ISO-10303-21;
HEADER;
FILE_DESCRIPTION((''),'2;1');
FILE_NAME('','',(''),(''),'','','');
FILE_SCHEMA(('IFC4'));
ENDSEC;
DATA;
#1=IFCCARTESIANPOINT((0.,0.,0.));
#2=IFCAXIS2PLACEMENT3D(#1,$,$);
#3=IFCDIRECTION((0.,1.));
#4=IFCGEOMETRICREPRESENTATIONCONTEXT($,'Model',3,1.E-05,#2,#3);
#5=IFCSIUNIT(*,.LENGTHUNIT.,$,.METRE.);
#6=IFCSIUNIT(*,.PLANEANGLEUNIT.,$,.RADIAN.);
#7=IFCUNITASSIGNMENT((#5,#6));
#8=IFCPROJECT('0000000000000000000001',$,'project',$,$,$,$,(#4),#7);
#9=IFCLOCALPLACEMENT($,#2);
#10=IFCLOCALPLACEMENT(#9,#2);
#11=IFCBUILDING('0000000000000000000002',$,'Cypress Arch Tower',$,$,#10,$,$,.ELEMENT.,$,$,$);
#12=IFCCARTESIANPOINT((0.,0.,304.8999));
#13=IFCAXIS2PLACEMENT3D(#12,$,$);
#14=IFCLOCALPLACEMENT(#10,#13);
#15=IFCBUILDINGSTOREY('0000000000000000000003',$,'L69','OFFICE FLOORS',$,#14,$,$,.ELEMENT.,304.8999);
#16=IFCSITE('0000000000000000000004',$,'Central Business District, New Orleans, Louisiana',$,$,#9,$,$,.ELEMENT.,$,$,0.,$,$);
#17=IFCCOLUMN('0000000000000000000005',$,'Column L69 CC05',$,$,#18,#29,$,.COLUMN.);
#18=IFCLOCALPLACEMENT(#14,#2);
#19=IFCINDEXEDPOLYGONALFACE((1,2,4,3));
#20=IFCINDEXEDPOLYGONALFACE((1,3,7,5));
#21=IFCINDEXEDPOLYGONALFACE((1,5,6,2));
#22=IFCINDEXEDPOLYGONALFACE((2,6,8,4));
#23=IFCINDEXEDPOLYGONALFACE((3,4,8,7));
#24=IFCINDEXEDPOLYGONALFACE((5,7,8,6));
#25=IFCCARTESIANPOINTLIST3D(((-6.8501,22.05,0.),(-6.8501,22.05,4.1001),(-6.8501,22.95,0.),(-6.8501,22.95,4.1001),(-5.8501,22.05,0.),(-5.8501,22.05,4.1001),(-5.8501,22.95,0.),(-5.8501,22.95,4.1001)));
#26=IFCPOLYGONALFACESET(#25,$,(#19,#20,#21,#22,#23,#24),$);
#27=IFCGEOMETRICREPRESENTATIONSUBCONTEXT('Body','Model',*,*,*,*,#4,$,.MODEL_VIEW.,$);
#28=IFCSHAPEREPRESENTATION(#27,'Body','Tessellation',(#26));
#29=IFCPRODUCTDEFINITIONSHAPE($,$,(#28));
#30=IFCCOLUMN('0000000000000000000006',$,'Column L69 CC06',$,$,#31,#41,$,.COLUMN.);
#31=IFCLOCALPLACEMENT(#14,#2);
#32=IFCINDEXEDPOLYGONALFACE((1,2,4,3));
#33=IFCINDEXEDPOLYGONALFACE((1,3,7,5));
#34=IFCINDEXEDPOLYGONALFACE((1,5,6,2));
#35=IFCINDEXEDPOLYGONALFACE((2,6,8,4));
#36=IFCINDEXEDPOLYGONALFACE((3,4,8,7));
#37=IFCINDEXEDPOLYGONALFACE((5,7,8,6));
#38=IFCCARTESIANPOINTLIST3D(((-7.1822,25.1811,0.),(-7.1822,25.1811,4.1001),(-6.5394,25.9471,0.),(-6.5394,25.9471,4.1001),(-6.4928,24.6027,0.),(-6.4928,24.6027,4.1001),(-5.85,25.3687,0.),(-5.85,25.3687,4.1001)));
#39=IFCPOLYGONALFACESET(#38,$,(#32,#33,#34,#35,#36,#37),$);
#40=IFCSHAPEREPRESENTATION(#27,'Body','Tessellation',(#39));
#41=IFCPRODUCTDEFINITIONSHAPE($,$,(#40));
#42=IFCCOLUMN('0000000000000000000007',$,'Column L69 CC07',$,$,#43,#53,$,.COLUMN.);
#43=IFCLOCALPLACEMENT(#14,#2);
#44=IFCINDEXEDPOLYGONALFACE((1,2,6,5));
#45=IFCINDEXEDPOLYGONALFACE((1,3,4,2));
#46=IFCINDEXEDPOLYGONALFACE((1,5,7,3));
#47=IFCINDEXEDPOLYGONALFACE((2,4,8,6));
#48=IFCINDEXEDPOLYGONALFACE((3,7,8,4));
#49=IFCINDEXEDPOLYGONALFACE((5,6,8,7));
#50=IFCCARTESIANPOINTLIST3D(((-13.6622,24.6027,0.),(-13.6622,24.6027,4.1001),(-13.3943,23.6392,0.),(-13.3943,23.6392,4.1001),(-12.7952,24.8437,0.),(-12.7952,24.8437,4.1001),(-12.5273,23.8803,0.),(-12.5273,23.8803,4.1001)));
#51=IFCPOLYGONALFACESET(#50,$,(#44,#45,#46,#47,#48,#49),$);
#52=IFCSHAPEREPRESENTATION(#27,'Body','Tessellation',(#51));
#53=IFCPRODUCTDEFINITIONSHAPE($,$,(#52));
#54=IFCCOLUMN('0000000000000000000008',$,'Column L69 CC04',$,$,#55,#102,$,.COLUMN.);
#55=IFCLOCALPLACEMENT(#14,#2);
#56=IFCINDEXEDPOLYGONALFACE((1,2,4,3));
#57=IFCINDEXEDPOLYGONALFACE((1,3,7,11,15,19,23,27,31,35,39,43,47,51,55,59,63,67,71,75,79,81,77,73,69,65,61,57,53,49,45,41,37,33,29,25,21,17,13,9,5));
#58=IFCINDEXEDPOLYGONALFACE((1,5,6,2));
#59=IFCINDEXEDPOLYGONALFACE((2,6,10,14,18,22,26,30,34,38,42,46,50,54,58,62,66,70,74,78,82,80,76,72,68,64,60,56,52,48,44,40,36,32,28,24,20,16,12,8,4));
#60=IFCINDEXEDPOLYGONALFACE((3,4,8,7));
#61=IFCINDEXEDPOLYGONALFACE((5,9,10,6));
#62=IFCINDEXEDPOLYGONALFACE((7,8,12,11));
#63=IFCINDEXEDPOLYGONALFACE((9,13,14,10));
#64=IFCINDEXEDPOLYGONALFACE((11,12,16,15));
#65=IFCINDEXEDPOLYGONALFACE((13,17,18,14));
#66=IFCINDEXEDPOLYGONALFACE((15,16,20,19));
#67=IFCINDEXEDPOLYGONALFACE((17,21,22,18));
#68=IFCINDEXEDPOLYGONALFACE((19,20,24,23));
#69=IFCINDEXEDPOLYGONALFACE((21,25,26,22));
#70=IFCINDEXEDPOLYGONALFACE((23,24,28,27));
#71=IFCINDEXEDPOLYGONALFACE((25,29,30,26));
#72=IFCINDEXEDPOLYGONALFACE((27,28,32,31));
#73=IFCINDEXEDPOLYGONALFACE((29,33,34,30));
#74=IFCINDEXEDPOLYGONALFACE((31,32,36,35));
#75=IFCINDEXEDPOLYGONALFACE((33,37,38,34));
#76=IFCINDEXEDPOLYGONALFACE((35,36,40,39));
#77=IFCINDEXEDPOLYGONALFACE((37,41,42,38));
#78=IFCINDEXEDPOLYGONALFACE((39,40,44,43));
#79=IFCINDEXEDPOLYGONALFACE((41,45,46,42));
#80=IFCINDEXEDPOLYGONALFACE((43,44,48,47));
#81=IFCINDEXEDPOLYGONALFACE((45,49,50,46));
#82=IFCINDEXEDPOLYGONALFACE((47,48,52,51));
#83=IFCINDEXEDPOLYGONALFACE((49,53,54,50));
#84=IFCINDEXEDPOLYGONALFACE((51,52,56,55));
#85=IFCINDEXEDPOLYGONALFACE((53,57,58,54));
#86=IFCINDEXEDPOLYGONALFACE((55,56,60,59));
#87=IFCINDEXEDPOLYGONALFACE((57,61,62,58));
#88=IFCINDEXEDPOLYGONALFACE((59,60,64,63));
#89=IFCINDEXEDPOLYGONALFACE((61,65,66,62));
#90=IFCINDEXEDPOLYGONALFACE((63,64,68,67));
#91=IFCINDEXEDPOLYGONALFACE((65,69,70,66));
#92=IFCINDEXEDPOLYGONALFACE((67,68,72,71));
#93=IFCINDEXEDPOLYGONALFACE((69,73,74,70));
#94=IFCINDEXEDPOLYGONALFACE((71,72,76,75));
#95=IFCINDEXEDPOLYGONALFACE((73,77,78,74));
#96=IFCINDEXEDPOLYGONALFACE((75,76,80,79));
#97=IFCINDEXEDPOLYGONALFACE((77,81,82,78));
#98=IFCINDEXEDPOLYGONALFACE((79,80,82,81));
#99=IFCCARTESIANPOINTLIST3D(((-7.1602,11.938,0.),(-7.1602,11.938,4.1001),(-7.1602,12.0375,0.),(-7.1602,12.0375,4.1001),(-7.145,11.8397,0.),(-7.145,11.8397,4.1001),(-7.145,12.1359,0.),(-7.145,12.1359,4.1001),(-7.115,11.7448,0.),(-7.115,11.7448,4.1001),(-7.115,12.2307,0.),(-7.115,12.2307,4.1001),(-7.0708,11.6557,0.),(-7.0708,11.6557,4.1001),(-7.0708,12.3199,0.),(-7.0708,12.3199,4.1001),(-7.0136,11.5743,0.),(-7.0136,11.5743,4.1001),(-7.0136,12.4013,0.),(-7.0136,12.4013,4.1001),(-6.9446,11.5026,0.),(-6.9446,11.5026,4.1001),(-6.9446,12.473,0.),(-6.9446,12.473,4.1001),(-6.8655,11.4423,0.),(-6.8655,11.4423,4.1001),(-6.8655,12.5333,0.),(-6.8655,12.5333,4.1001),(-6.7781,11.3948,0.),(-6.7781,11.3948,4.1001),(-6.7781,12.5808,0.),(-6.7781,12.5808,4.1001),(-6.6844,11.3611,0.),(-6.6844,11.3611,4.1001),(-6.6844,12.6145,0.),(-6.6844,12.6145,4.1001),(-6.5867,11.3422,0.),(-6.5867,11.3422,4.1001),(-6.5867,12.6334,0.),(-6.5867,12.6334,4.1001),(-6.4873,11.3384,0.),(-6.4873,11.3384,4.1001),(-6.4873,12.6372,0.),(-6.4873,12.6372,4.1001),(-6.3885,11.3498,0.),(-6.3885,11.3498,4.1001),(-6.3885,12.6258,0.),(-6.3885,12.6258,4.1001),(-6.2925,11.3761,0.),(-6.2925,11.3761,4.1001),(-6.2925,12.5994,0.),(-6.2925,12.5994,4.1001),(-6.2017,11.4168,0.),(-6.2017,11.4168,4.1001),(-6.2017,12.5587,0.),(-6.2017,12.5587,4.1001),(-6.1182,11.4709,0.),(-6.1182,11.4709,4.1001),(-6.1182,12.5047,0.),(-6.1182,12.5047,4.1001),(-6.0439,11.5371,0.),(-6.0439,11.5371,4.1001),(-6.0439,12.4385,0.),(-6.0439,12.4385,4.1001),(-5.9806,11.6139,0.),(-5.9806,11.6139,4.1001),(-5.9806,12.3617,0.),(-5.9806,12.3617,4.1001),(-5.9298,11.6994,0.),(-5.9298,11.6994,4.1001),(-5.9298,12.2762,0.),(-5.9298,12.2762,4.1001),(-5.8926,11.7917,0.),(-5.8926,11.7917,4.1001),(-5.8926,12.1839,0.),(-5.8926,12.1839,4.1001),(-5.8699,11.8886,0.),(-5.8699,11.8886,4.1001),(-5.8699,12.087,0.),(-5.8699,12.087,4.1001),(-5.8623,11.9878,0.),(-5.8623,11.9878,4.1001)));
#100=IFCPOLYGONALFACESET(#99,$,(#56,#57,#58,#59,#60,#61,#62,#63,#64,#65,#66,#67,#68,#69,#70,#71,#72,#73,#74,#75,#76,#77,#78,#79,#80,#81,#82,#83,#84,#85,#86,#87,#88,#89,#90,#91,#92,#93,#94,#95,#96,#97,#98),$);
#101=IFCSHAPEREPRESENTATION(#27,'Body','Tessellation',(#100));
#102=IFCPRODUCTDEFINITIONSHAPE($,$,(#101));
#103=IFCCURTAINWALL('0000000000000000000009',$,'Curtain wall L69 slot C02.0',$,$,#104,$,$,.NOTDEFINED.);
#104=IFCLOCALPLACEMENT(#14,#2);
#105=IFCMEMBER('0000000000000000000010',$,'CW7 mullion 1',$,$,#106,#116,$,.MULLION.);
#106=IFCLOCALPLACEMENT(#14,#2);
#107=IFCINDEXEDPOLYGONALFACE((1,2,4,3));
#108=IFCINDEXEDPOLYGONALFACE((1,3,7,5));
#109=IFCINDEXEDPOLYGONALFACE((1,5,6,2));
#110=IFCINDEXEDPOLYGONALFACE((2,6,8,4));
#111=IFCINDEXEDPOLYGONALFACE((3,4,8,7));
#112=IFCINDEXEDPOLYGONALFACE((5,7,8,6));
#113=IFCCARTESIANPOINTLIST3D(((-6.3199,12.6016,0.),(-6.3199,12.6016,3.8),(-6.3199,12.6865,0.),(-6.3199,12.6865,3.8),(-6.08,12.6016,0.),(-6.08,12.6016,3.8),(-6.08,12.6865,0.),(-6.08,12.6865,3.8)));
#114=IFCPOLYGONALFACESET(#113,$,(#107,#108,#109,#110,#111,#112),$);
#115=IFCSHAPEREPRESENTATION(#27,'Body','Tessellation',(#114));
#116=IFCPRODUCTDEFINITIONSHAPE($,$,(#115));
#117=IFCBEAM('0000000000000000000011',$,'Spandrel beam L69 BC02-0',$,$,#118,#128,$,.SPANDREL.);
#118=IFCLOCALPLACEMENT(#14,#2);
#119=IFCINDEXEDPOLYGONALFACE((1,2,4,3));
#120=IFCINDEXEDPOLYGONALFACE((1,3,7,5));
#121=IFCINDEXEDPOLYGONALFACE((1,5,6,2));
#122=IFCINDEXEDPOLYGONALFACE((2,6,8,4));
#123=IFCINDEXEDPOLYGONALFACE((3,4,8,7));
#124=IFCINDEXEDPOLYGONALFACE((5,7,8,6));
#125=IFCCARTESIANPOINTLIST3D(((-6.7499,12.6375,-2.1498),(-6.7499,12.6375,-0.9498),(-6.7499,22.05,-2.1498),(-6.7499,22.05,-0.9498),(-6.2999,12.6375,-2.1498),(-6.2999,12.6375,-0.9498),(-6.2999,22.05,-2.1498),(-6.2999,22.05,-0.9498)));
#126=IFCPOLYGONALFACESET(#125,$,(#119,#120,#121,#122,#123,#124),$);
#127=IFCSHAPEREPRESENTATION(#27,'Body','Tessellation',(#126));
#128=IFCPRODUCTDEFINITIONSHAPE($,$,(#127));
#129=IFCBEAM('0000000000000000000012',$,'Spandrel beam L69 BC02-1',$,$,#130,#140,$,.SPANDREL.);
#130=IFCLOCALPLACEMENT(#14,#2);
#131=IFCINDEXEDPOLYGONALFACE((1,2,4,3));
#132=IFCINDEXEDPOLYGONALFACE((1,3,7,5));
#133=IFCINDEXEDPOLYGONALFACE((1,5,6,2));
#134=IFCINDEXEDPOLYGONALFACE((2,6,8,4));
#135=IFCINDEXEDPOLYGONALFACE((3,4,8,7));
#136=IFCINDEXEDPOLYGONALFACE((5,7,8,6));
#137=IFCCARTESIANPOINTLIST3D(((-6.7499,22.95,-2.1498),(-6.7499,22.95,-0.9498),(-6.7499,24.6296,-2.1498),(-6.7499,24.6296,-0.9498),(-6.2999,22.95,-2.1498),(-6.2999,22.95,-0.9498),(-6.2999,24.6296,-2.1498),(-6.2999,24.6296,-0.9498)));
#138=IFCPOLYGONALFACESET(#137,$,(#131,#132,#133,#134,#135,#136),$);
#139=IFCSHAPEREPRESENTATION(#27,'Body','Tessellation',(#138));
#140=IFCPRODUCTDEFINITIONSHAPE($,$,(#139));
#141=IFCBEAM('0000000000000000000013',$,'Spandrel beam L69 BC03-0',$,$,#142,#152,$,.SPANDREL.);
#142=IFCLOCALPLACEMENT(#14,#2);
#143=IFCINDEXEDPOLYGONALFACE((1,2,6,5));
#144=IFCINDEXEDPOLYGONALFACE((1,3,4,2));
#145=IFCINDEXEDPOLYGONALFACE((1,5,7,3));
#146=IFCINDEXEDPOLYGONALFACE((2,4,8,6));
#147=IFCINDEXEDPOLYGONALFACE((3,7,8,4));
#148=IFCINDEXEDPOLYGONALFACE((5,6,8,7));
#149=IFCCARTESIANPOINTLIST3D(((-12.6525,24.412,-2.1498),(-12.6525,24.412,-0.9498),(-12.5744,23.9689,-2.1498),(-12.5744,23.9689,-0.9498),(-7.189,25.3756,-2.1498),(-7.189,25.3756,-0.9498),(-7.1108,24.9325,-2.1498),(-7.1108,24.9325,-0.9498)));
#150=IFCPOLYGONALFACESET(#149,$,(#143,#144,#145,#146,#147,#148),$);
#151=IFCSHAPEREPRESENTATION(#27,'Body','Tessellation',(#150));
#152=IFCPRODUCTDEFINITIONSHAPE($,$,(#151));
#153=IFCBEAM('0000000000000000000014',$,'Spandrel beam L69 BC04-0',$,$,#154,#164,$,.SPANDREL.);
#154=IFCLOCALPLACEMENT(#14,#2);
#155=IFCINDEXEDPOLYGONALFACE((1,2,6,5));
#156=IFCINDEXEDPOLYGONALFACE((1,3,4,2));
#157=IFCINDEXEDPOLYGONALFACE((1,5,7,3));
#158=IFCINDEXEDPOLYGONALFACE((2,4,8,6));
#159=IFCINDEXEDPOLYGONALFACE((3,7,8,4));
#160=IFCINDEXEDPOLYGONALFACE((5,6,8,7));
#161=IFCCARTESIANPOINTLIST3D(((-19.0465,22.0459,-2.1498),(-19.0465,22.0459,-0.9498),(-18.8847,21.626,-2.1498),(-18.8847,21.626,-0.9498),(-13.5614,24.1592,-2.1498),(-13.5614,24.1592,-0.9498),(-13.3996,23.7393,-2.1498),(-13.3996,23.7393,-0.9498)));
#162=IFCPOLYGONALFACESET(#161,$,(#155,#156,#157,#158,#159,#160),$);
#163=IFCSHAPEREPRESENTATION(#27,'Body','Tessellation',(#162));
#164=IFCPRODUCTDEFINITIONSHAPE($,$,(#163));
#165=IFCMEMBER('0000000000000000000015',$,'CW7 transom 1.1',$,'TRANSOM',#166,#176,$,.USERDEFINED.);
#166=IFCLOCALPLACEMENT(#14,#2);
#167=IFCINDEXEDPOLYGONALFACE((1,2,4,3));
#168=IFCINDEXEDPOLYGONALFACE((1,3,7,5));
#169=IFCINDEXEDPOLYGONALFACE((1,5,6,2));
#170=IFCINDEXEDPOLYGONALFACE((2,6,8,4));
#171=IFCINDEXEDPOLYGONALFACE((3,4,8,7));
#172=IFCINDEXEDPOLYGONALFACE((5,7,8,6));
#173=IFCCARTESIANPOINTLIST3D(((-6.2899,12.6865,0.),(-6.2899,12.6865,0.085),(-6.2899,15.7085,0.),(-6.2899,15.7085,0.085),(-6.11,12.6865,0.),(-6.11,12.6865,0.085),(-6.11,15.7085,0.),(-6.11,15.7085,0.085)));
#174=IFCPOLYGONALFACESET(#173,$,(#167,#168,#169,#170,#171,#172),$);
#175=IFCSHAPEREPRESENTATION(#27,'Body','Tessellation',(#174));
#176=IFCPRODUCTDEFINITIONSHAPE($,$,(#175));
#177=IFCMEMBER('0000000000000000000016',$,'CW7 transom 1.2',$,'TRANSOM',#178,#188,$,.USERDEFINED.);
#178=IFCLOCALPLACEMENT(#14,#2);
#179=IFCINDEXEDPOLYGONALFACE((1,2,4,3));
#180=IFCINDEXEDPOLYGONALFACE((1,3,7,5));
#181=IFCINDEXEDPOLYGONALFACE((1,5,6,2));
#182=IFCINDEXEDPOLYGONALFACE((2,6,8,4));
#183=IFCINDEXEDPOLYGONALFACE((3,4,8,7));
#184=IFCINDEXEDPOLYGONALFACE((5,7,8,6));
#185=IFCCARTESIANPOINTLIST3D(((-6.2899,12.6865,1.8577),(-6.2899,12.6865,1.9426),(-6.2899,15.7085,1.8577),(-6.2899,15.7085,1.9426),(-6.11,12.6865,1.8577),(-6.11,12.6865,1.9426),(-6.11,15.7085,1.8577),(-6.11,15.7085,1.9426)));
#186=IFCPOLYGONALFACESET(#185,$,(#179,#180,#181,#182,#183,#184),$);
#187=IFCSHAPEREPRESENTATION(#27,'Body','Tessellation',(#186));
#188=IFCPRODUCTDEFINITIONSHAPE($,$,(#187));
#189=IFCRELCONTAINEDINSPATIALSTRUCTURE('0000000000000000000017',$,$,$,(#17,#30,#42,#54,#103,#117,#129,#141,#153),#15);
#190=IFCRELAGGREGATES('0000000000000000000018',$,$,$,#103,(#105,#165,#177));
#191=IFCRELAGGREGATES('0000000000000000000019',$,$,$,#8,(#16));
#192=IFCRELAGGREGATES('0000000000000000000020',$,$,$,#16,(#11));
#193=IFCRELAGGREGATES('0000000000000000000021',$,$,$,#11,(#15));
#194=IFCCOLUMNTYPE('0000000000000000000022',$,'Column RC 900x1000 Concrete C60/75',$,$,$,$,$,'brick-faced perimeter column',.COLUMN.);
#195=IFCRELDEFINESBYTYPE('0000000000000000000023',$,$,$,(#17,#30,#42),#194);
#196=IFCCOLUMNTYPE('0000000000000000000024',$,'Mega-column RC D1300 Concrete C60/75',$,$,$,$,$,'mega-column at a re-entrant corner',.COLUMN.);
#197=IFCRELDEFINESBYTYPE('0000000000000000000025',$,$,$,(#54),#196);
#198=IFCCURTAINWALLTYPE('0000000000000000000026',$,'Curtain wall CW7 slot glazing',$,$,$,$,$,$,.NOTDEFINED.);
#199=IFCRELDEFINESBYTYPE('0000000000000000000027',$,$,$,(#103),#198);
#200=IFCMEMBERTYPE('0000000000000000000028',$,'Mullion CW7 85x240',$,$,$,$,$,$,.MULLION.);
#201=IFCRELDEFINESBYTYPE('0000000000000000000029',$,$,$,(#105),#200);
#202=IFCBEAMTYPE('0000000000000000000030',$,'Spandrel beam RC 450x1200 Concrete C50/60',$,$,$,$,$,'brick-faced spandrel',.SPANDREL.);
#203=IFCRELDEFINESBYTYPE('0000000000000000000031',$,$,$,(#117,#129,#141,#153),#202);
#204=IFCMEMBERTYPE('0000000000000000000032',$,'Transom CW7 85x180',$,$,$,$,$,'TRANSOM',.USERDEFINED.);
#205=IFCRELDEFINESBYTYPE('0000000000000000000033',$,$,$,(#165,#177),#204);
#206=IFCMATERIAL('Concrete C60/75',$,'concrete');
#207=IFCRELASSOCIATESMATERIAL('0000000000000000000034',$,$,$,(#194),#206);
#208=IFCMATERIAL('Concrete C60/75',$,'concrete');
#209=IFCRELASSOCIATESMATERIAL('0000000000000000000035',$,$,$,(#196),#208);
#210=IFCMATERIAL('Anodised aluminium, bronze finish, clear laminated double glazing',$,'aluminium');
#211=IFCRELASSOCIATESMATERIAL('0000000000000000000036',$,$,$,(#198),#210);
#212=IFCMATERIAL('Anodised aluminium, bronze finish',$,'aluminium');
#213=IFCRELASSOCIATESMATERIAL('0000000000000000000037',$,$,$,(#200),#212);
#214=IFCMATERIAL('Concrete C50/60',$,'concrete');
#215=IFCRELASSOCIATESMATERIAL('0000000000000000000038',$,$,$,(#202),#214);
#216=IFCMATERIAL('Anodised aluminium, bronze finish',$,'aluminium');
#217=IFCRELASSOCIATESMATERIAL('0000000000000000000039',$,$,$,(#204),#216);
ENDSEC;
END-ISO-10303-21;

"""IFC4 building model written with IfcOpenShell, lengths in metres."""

from ifc_helpers import new_model, si_unit, direction, frame, origin, origin_2d, place, context, subcontext, project, spatial, rectangle, circle, extrude, material, material_profile, profile_set, type_object, element, aggregate, save


model = new_model("IFC4")

# Units and contexts
model_context = context("Model", 3, precision=1e-05, world=origin(), true_north=direction((0.0, 1.0)))
body_context = subcontext(model_context, "Body", "Model", "MODEL_VIEW")
ifc_project = project(units=[si_unit("LENGTHUNIT", "METRE"), si_unit("PLANEANGLEUNIT", "RADIAN")], contexts=[model_context])

# Site, building, storey
site_placement = place(None, origin())
site = spatial("IfcSite", under=ifc_project, at=site_placement, Name="Central Business District, New Orleans, Louisiana", CompositionType="ELEMENT", RefElevation=0.0)
building_placement = place(site_placement, origin())
building = spatial("IfcBuilding", under=site, at=building_placement, Name="Cypress Arch Tower", CompositionType="ELEMENT")
storey_placement = place(building_placement, frame((0.0, 0.0, 304.8999)))
storey = spatial("IfcBuildingStorey", under=building, at=storey_placement, Name="L69", Description="OFFICE FLOORS", CompositionType="ELEMENT", Elevation=304.8999)

# Columns
ifc_material_1 = material(Name="Concrete C60/75", Category="concrete")
ifc_material_profile_1 = material_profile(ifc_material_1, rectangle(XDim=0.8999, YDim=1.0, at=origin_2d()), Name="RC 900x1000")
ifc_profile_set_1 = profile_set([ifc_material_profile_1], Name="Concrete C60/75")
column_type_1 = type_object("IfcColumnType", Name="Column RC 900x1000 Concrete C60/75", ElementType="brick-faced perimeter column", PredefinedType="COLUMN", material=ifc_profile_set_1)
for number, where, z_axis, x_axis, name in (
    (1, (-6.3501, 22.5, 0.0), (0.0, 0.0, 1.0), (0.0, 1.0, 0.0), "Column L69 CC05"),
    (2, (-6.5161, 25.2749, 0.0), (0.0, 0.0, 1.0), (-0.766064, 0.642765, 0.0), "Column L69 CC06"),
    (3, (-13.0947, 24.2415, 0.0), (0.0, 0.0, 1.0), (-0.963456, -0.267868, 0.0), "Column L69 CC07"),
):
    element("IfcColumn", number, at=place(storey_placement, frame(where, z_axis=z_axis, x_axis=x_axis)), inside=storey, type_object=column_type_1, Name=name, PredefinedType="COLUMN", context=body_context, shape_type="SweptSolid", body=[
        extrude(rectangle(XDim=0.8999, YDim=1.0, at=origin_2d()), origin(), (0.0, 0.0, 1.0), 4.1001),
    ])
ifc_material_2 = material(Name="Concrete C60/75", Category="concrete")
ifc_material_profile_2 = material_profile(ifc_material_2, circle(Radius=0.6499, at=origin_2d()), Name="RC D1300")
ifc_profile_set_2 = profile_set([ifc_material_profile_2], Name="Concrete C60/75")
column_type_2 = type_object("IfcColumnType", Name="Mega-column RC D1300 Concrete C60/75", ElementType="mega-column at a re-entrant corner", PredefinedType="COLUMN", material=ifc_profile_set_2)
column_placement = place(storey_placement, frame((-6.5122, 11.9878, 0.0), z_axis=(0.0, 0.0, 1.0), x_axis=(1.0, 0.0, 0.0)))
element("IfcColumn", 4, at=column_placement, inside=storey, type_object=column_type_2, Name="Column L69 CC04", PredefinedType="COLUMN", context=body_context, shape_type="SweptSolid", body=[
    extrude(circle(Radius=0.6499, at=origin_2d()), origin(), (0.0, 0.0, 1.0), 4.1001),
])

# Curtain wall, member
ifc_material_3 = material(Name="Anodised aluminium, bronze finish, clear laminated double glazing", Category="aluminium")
curtain_wall_type = type_object("IfcCurtainWallType", Name="Curtain wall CW7 slot glazing", PredefinedType="NOTDEFINED", material=ifc_material_3)
curtain_wall_placement = place(storey_placement, origin())
curtain_wall = element("IfcCurtainWall", 5, at=curtain_wall_placement, inside=storey, type_object=curtain_wall_type, Name="Curtain wall L69 slot C02.0", PredefinedType="NOTDEFINED")
ifc_material_4 = material(Name="Anodised aluminium, bronze finish", Category="aluminium")
ifc_material_profile_3 = material_profile(ifc_material_4, rectangle(XDim=0.24, YDim=0.085, at=origin_2d()), Name="Mullion 85x240")
ifc_profile_set_3 = profile_set([ifc_material_profile_3], Name="Anodised aluminium, bronze finish")
member_type_1 = type_object("IfcMemberType", Name="Mullion CW7 85x240", PredefinedType="MULLION", material=ifc_profile_set_3)
member_1_placement = place(storey_placement, frame((-6.2, 12.644, 0.0), z_axis=(0.0, 0.0, 1.0), x_axis=(-1.0, 0.0, 0.0)))
member_1 = element("IfcMember", 6, at=member_1_placement, type_object=member_type_1, Name="CW7 mullion 1", PredefinedType="MULLION", context=body_context, shape_type="SweptSolid", body=[
    extrude(rectangle(XDim=0.24, YDim=0.085, at=origin_2d()), origin(), (0.0, 0.0, 1.0), 3.8),
])

# Beams
ifc_material_5 = material(Name="Concrete C50/60", Category="concrete")
ifc_material_profile_4 = material_profile(ifc_material_5, rectangle(XDim=0.45, YDim=1.2, at=origin_2d()), Name="RC 450x1200")
ifc_profile_set_4 = profile_set([ifc_material_profile_4], Name="Concrete C50/60")
beam_type = type_object("IfcBeamType", Name="Spandrel beam RC 450x1200 Concrete C50/60", ElementType="brick-faced spandrel", PredefinedType="SPANDREL", material=ifc_profile_set_4)
beam_1_placement = place(storey_placement, frame((-6.5249, 12.6375, -1.5498), z_axis=(0.0, 1.0, 0.0), x_axis=(-1.0, 0.0, 0.0)))
element("IfcBeam", 7, at=beam_1_placement, inside=storey, type_object=beam_type, Name="Spandrel beam L69 BC02-0", PredefinedType="SPANDREL", context=body_context, shape_type="SweptSolid", body=[
    extrude(rectangle(XDim=0.45, YDim=1.2, at=origin_2d()), origin(), (0.0, 0.0, 1.0), 9.4126),
])
beam_2_placement = place(storey_placement, frame((-6.5249, 22.95, -1.5498), z_axis=(0.0, 1.0, 0.0), x_axis=(-1.0, 0.0, 0.0)))
element("IfcBeam", 8, at=beam_2_placement, inside=storey, type_object=beam_type, Name="Spandrel beam L69 BC02-1", PredefinedType="SPANDREL", context=body_context, shape_type="SweptSolid", body=[
    extrude(rectangle(XDim=0.45, YDim=1.2, at=origin_2d()), origin(), (0.0, 0.0, 1.0), 1.6797),
])
beam_3_placement = place(storey_placement, frame((-7.1499, 25.1541, -1.5498), z_axis=(-0.9848, -0.17369, 0.0), x_axis=(0.17369, -0.9848, 0.0)))
element("IfcBeam", 9, at=beam_3_placement, inside=storey, type_object=beam_type, Name="Spandrel beam L69 BC03-0", PredefinedType="SPANDREL", context=body_context, shape_type="SweptSolid", body=[
    extrude(rectangle(XDim=0.45, YDim=1.2, at=origin_2d()), origin(), (0.0, 0.0, 1.0), 5.5479),
])
beam_4_placement = place(storey_placement, frame((-13.4805, 23.9492, -1.5498), z_axis=(-0.933139, -0.359516, 0.0), x_axis=(0.359516, -0.933139, 0.0)))
element("IfcBeam", 10, at=beam_4_placement, inside=storey, type_object=beam_type, Name="Spandrel beam L69 BC04-0", PredefinedType="SPANDREL", context=body_context, shape_type="SweptSolid", body=[
    extrude(rectangle(XDim=0.45, YDim=1.2, at=origin_2d()), origin(), (0.0, 0.0, 1.0), 5.8782),
])

# Members
ifc_material_6 = material(Name="Anodised aluminium, bronze finish", Category="aluminium")
ifc_material_profile_5 = material_profile(ifc_material_6, rectangle(XDim=0.1799, YDim=0.085, at=origin_2d()), Name="Transom 85x180")
ifc_profile_set_5 = profile_set([ifc_material_profile_5], Name="Anodised aluminium, bronze finish")
member_type_2 = type_object("IfcMemberType", Name="Transom CW7 85x180", ElementType="TRANSOM", PredefinedType="USERDEFINED", material=ifc_profile_set_5)
member_2_placement = place(storey_placement, frame((-6.2, 12.6865, 0.0425), z_axis=(0.0, 1.0, 0.0), x_axis=(-1.0, 0.0, 0.0)))
member_2 = element("IfcMember", 11, at=member_2_placement, type_object=member_type_2, Name="CW7 transom 1.1", ObjectType="TRANSOM", PredefinedType="USERDEFINED", context=body_context, shape_type="SweptSolid", body=[
    extrude(rectangle(XDim=0.1799, YDim=0.085, at=origin_2d()), origin(), (0.0, 0.0, 1.0), 3.022),
])
member_3_placement = place(storey_placement, frame((-6.2, 12.6865, 1.9001), z_axis=(0.0, 1.0, 0.0), x_axis=(-1.0, 0.0, 0.0)))
member_3 = element("IfcMember", 12, at=member_3_placement, type_object=member_type_2, Name="CW7 transom 1.2", ObjectType="TRANSOM", PredefinedType="USERDEFINED", context=body_context, shape_type="SweptSolid", body=[
    extrude(rectangle(XDim=0.1799, YDim=0.085, at=origin_2d()), origin(), (0.0, 0.0, 1.0), 3.022),
])
aggregate(curtain_wall, [member_1, member_2, member_3])

save(model, "model.ifc")
